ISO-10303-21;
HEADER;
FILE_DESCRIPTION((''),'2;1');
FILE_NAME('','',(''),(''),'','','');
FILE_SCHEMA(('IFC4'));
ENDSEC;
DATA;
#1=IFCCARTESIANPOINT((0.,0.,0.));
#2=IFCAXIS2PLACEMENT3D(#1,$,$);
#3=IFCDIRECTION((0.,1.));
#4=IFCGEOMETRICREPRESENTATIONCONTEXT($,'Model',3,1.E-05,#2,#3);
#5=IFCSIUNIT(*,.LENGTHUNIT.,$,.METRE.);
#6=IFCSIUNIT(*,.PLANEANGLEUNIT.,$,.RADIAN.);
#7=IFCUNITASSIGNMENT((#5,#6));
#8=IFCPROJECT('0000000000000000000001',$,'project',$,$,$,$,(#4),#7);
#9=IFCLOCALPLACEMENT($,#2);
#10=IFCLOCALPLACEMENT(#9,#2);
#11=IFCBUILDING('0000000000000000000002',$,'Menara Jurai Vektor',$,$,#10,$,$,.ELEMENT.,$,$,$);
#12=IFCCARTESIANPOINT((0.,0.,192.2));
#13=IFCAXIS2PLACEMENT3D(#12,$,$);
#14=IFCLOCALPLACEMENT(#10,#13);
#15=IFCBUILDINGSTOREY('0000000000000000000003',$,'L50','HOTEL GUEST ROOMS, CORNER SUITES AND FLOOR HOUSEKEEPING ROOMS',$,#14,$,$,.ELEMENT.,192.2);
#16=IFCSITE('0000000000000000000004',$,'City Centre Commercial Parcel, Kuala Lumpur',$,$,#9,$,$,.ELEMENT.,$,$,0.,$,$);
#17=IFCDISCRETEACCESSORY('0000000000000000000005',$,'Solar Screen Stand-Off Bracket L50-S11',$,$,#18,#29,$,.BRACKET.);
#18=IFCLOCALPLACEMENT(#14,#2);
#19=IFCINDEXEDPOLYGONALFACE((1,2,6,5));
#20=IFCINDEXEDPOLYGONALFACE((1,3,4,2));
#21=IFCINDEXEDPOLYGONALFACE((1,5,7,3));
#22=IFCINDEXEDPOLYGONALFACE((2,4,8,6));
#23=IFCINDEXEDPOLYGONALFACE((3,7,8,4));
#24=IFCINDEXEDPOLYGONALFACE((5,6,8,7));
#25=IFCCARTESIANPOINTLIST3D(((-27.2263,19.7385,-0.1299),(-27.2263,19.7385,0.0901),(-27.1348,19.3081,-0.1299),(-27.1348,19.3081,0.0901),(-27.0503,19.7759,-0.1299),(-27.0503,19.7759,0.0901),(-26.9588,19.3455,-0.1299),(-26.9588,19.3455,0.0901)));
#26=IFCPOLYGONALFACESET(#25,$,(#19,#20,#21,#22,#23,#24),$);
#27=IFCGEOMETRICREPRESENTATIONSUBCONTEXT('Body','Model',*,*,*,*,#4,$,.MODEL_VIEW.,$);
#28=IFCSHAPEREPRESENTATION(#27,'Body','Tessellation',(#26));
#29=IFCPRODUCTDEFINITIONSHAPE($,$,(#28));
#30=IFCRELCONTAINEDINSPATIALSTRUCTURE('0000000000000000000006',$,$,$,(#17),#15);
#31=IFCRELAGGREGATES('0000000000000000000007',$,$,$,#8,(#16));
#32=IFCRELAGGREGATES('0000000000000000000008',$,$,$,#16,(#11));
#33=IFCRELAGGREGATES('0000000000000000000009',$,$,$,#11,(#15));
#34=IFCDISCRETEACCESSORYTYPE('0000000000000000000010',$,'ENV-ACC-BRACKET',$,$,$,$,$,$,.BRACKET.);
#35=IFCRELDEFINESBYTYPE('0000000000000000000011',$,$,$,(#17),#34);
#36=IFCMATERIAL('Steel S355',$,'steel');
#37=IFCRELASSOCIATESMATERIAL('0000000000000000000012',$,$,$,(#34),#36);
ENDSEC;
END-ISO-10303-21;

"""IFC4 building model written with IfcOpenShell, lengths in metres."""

from ifc_helpers import new_model, si_unit, direction, frame, origin, origin_2d, place, context, subcontext, project, spatial, rectangle, extrude, material, type_object, element, save


model = new_model("IFC4")

# Units and contexts
model_context = context("Model", 3, precision=1e-05, world=origin(), true_north=direction((0.0, 1.0)))
body_context = subcontext(model_context, "Body", "Model", "MODEL_VIEW")
ifc_project = project(units=[si_unit("LENGTHUNIT", "METRE"), si_unit("PLANEANGLEUNIT", "RADIAN")], contexts=[model_context])

# Site, building, storey
site_placement = place(None, origin())
site = spatial("IfcSite", under=ifc_project, at=site_placement, Name="City Centre Commercial Parcel, Kuala Lumpur", CompositionType="ELEMENT", RefElevation=0.0)
building_placement = place(site_placement, origin())
building = spatial("IfcBuilding", under=site, at=building_placement, Name="Menara Jurai Vektor", CompositionType="ELEMENT")
storey_placement = place(building_placement, frame((0.0, 0.0, 192.2)))
storey = spatial("IfcBuildingStorey", under=building, at=storey_placement, Name="L50", Description="HOTEL GUEST ROOMS, CORNER SUITES AND FLOOR HOUSEKEEPING ROOMS", CompositionType="ELEMENT", Elevation=192.2)

# Shared definitions
ifc_material_1 = material(Name="Steel S355", Category="steel")

# Discrete accessory
discrete_accessory_type = type_object("IfcDiscreteAccessoryType", Name="ENV-ACC-BRACKET", PredefinedType="BRACKET", material=ifc_material_1)
discrete_accessory_placement = place(storey_placement, frame((-27.0925, 19.542, -0.1299), z_axis=(0.0, 0.0, 1.0), x_axis=(-0.978148, -0.207912, 0.0)))
element("IfcDiscreteAccessory", 1, at=discrete_accessory_placement, inside=storey, type_object=discrete_accessory_type, Name="Solar Screen Stand-Off Bracket L50-S11", PredefinedType="BRACKET", context=body_context, shape_type="SweptSolid", body=[
    extrude(rectangle(XDim=0.1799, YDim=0.4399, at=origin_2d()), origin(), (0.0, 0.0, 1.0), 0.22),
])

save(model, "model.ifc")
